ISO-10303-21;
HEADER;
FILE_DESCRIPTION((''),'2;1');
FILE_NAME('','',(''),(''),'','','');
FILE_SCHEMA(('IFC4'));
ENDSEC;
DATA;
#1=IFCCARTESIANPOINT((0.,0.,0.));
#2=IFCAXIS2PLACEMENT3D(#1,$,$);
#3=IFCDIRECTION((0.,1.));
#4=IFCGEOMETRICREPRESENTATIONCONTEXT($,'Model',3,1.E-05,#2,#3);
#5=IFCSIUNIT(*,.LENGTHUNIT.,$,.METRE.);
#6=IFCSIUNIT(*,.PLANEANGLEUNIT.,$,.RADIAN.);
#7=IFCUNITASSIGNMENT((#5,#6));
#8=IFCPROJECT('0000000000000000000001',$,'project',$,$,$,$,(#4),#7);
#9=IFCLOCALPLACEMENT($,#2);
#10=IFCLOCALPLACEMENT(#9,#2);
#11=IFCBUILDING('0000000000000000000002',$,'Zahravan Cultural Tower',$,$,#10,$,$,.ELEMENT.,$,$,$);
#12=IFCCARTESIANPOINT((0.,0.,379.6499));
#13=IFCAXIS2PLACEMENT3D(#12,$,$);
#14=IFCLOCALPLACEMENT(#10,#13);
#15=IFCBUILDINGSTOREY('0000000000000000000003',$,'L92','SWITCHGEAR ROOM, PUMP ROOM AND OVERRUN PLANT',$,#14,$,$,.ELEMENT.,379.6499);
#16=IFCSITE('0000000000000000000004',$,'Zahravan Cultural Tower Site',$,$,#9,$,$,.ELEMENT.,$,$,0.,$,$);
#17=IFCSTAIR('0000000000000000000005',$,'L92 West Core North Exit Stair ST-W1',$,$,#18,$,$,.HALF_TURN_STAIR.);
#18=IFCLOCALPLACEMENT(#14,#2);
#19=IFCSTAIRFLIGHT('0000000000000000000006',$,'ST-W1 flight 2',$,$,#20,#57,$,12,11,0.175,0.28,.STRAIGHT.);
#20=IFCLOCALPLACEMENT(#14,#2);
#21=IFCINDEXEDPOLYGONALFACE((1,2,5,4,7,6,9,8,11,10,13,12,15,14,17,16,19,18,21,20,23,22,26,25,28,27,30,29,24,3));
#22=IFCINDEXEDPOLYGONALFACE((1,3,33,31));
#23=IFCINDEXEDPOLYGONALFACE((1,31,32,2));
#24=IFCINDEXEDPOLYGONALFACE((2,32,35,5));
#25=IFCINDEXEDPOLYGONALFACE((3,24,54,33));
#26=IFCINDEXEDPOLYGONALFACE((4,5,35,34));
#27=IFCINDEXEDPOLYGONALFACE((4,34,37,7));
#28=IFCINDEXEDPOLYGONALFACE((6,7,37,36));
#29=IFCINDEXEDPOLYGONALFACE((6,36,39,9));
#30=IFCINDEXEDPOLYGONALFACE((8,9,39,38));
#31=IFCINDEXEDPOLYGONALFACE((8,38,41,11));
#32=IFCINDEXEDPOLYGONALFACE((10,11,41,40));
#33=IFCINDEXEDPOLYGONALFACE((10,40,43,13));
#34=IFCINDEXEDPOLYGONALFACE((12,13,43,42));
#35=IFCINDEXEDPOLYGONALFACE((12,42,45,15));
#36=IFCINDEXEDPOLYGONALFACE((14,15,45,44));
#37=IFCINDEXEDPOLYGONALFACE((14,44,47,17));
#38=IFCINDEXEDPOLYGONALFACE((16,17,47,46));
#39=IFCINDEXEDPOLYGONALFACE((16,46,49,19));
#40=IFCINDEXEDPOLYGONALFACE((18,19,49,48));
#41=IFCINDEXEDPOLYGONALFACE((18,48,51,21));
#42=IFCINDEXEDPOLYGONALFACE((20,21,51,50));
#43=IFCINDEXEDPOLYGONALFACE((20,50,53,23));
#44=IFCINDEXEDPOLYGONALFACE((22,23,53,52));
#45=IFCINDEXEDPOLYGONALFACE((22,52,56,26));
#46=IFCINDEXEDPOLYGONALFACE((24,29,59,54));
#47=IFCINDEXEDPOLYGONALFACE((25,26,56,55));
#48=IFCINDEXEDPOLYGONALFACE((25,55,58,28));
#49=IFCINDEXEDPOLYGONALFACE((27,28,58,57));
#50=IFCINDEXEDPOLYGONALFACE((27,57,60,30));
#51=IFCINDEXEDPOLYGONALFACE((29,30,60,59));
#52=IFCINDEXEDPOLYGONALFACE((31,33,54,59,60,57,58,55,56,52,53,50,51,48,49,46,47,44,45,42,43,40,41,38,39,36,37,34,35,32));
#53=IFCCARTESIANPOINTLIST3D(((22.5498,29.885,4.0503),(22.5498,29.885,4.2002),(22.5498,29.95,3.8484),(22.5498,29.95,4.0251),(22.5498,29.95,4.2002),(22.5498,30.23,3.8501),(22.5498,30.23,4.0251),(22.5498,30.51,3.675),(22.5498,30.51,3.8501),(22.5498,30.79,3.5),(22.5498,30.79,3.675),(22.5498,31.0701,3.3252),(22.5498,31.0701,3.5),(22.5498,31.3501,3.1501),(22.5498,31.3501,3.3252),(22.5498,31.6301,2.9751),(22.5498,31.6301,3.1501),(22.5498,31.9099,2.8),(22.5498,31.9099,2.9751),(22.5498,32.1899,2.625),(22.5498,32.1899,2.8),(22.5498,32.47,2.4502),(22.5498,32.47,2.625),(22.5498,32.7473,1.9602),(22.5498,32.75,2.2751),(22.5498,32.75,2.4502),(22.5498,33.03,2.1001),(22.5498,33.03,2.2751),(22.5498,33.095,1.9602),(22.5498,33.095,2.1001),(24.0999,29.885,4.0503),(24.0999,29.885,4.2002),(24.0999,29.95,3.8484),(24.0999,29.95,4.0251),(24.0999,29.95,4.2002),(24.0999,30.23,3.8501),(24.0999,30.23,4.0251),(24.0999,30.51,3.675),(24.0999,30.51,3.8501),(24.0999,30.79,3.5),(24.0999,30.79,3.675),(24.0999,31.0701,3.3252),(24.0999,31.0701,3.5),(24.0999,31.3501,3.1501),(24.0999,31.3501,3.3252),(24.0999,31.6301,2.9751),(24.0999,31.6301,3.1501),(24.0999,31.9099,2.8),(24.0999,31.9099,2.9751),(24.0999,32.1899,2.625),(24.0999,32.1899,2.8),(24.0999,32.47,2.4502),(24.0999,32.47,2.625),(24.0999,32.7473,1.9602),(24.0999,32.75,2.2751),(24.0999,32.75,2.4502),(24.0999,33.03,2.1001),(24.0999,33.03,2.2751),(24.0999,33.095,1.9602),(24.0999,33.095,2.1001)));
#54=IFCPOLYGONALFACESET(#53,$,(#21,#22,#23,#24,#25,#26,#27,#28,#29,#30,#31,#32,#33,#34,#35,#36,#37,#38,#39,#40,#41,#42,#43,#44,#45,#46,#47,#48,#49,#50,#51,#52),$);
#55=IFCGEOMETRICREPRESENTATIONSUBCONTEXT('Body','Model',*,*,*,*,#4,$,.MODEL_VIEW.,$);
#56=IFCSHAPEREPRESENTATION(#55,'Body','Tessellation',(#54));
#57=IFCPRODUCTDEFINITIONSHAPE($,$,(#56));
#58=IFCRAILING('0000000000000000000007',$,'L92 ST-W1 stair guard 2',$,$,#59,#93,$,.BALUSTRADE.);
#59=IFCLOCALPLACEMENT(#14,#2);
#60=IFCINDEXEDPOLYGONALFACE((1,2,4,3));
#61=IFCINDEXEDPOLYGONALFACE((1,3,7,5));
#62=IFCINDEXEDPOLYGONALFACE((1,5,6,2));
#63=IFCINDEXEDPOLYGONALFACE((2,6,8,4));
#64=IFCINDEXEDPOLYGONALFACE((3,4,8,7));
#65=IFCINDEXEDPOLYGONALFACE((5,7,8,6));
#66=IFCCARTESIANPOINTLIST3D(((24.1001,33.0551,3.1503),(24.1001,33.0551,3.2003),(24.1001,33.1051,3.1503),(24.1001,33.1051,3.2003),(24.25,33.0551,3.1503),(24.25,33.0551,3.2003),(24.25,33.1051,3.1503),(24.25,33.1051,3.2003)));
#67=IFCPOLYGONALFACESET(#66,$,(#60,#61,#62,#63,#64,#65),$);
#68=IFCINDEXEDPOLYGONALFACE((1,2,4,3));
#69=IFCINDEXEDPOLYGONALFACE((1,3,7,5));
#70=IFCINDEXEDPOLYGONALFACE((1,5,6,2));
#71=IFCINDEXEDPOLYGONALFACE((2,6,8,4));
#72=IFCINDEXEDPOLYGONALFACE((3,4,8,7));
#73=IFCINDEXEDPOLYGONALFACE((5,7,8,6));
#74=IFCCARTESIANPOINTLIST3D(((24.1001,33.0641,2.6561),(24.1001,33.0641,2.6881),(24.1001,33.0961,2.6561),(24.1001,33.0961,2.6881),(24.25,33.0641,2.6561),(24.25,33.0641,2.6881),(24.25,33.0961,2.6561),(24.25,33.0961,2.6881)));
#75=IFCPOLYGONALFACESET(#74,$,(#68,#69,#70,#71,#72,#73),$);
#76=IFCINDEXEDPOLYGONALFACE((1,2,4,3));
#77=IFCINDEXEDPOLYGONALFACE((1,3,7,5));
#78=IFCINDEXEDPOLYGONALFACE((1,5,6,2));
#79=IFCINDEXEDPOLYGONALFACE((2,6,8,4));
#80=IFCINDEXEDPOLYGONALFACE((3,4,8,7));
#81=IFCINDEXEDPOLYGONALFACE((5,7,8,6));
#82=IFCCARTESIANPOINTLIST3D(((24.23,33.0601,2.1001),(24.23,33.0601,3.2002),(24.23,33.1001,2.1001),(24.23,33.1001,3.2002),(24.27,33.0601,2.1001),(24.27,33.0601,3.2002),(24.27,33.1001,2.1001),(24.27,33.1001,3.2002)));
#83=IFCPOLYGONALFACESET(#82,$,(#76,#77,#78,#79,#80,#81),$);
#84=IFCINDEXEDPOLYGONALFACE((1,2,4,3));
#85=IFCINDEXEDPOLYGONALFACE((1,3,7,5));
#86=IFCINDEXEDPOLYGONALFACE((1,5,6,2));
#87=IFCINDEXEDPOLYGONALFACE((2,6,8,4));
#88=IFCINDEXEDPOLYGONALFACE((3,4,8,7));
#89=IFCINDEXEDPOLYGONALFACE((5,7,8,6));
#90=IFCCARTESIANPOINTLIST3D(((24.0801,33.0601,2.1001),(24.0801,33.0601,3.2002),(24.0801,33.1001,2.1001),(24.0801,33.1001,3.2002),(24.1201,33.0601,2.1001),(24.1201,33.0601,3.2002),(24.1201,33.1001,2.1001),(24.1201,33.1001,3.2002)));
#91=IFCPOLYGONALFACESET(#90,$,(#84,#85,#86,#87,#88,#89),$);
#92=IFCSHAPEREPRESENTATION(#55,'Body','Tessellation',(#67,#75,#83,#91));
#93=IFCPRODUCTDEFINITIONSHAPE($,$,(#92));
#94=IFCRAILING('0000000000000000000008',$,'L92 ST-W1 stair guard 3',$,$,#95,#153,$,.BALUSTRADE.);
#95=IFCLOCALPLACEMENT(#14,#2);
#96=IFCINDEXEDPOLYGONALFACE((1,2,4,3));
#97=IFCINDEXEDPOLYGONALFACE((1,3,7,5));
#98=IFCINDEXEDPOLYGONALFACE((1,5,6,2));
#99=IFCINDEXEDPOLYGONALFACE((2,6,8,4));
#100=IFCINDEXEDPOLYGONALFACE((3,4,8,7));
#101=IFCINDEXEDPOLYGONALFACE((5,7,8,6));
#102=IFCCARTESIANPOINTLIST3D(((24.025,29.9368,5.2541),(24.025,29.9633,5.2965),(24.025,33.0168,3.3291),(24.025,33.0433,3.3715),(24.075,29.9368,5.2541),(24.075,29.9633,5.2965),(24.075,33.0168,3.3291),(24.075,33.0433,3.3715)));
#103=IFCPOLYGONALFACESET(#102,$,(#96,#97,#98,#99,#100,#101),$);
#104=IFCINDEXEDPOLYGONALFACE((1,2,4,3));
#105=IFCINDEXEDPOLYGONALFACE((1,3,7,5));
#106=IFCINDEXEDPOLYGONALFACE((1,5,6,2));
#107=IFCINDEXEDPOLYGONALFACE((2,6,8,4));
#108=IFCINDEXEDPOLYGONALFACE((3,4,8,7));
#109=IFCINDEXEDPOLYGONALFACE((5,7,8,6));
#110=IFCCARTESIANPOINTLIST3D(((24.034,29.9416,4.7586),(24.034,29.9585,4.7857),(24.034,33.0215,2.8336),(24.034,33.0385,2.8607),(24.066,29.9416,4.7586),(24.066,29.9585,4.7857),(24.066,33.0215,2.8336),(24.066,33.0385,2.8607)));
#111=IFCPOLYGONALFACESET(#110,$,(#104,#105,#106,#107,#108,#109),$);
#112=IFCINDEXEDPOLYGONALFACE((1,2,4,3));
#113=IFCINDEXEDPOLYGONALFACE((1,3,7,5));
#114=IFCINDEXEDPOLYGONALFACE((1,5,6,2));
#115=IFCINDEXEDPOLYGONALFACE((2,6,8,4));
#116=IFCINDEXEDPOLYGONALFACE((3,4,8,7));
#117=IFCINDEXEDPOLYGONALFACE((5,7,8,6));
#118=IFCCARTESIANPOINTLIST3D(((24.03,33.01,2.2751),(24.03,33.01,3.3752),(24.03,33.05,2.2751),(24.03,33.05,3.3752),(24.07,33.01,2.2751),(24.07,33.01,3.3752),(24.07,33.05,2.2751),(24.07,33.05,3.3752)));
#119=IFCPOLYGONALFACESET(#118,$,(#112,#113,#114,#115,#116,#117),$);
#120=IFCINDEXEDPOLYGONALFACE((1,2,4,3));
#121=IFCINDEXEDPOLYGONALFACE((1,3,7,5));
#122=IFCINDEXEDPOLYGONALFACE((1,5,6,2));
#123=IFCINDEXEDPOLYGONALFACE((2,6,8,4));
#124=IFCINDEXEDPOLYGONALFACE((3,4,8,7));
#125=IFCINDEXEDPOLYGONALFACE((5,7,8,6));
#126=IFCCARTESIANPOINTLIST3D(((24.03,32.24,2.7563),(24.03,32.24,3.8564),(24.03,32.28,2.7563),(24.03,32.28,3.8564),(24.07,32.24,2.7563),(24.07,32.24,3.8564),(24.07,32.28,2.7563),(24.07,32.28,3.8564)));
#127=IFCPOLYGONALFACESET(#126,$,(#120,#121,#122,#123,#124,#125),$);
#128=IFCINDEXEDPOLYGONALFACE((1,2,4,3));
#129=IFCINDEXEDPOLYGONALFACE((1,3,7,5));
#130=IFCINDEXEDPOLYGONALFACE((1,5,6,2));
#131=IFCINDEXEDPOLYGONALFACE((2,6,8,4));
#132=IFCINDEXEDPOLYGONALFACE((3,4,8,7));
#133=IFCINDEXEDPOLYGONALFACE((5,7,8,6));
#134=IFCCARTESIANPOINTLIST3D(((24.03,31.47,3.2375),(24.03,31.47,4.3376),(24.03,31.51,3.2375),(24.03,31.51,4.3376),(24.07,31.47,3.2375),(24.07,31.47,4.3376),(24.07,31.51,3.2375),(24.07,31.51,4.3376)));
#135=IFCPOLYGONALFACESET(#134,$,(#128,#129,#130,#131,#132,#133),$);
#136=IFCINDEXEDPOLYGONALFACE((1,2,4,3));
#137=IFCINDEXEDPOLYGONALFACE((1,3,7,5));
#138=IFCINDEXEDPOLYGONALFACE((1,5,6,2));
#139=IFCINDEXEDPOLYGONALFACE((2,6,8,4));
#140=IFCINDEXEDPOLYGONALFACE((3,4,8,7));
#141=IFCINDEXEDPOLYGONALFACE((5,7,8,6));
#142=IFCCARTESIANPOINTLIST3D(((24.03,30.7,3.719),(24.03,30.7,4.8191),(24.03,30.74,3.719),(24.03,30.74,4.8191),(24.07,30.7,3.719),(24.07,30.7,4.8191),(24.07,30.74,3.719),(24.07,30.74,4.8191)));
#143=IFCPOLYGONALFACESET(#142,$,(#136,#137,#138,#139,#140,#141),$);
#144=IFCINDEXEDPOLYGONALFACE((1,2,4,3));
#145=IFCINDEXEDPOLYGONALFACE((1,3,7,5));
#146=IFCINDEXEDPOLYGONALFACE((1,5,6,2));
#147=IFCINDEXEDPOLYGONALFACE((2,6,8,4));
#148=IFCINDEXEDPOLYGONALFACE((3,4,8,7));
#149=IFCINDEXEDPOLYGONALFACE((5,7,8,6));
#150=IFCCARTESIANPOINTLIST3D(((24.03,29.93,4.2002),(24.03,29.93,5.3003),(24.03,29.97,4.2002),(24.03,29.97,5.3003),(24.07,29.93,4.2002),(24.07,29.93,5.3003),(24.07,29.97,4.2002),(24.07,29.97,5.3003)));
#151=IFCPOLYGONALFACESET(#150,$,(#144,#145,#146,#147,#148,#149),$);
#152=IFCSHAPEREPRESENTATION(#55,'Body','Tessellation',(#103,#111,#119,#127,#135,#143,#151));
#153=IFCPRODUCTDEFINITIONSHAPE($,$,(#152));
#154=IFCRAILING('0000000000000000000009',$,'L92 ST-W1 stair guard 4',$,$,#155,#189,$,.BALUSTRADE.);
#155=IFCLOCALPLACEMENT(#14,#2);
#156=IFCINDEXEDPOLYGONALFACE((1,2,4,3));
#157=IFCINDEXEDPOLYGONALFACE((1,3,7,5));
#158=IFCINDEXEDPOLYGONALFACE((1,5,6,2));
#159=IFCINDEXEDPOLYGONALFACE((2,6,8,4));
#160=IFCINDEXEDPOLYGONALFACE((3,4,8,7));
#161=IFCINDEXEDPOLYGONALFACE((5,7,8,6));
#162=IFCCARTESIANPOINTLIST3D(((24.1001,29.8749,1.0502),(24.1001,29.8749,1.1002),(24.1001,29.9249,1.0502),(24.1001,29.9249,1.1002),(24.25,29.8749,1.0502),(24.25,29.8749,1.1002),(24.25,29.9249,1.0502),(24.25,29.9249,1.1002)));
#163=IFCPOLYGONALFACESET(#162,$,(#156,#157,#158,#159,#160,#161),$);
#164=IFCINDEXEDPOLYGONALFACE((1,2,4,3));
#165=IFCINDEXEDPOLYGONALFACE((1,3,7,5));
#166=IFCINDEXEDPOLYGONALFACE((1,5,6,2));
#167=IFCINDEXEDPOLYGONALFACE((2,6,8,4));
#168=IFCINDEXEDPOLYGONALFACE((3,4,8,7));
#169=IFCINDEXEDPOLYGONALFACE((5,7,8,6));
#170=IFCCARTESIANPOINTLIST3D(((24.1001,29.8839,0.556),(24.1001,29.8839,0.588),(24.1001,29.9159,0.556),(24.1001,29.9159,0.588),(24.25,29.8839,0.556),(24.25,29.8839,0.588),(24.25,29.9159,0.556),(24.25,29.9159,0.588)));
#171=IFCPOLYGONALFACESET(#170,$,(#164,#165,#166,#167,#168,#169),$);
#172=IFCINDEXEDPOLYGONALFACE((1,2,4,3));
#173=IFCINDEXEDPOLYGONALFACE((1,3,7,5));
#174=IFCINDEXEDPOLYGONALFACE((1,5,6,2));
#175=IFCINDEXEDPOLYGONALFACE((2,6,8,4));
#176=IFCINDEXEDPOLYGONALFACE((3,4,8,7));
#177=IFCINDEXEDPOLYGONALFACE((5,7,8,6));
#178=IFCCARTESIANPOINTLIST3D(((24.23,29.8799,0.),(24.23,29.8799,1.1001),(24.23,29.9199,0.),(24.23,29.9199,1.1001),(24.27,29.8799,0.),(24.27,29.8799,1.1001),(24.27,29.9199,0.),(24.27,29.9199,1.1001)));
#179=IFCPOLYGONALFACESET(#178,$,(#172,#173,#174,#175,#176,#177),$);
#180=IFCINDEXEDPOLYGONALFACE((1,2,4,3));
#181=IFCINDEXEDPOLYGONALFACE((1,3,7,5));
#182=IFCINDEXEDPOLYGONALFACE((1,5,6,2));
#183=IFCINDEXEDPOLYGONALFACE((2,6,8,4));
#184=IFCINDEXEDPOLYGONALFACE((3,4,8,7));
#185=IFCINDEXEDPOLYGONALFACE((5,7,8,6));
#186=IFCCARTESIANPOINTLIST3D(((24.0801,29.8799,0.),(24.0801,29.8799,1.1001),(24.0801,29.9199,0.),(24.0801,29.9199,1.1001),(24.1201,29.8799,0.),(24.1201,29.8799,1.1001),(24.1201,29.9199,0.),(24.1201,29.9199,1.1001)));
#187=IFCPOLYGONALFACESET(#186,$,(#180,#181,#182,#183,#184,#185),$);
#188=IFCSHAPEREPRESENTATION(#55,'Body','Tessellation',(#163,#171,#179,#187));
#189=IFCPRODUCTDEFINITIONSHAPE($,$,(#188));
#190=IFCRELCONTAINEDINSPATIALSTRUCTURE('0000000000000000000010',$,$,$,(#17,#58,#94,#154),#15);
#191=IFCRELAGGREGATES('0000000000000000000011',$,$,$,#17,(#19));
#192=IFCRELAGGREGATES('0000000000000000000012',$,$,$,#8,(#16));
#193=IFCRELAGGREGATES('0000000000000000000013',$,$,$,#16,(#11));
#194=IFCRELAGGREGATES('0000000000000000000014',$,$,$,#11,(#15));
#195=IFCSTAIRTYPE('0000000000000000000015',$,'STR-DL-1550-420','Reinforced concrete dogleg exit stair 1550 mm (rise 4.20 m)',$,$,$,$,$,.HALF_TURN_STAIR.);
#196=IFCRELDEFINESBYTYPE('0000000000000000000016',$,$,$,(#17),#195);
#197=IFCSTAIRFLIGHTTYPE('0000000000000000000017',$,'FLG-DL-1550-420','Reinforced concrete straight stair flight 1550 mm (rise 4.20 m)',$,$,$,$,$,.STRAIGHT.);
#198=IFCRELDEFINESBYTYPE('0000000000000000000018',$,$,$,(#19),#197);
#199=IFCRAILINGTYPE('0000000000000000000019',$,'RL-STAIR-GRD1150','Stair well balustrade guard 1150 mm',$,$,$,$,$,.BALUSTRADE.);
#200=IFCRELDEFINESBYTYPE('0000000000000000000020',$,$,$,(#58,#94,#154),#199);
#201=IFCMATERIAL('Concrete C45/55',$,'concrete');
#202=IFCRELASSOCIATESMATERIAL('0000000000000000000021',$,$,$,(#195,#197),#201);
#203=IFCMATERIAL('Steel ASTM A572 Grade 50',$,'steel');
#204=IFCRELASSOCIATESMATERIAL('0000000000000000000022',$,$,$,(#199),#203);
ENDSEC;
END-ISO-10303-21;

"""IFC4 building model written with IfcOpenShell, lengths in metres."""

from ifc_helpers import new_model, si_unit, direction, frame, origin, origin_2d, place, context, subcontext, project, spatial, polyline, rectangle, outline, extrude, material, type_object, element, aggregate, save


model = new_model("IFC4")

# Units and contexts
model_context = context("Model", 3, precision=1e-05, world=origin(), true_north=direction((0.0, 1.0)))
body_context = subcontext(model_context, "Body", "Model", "MODEL_VIEW")
ifc_project = project(units=[si_unit("LENGTHUNIT", "METRE"), si_unit("PLANEANGLEUNIT", "RADIAN")], contexts=[model_context])

# Site, building, storey
site_placement = place(None, origin())
site = spatial("IfcSite", under=ifc_project, at=site_placement, Name="Zahravan Cultural Tower Site", CompositionType="ELEMENT", RefElevation=0.0)
building_placement = place(site_placement, origin())
building = spatial("IfcBuilding", under=site, at=building_placement, Name="Zahravan Cultural Tower", CompositionType="ELEMENT")
storey_placement = place(building_placement, frame((0.0, 0.0, 379.6499)))
storey = spatial("IfcBuildingStorey", under=building, at=storey_placement, Name="L92", Description="SWITCHGEAR ROOM, PUMP ROOM AND OVERRUN PLANT", CompositionType="ELEMENT", Elevation=379.6499)

# Shared definitions
ifc_material_1 = material(Name="Concrete C45/55", Category="concrete")

# Stair, stair flight
stair_type = type_object("IfcStairType", Name="STR-DL-1550-420", Description="Reinforced concrete dogleg exit stair 1550 mm (rise 4.20 m)", PredefinedType="HALF_TURN_STAIR", material=ifc_material_1)
stair_placement = place(storey_placement, origin())
stair = element("IfcStair", 1, at=stair_placement, inside=storey, type_object=stair_type, Name="L92 West Core North Exit Stair ST-W1", PredefinedType="HALF_TURN_STAIR")
stair_flight_type = type_object("IfcStairFlightType", Name="FLG-DL-1550-420", Description="Reinforced concrete straight stair flight 1550 mm (rise 4.20 m)", PredefinedType="STRAIGHT", material=ifc_material_1)
stair_flight_placement = place(storey_placement, frame((23.325, 33.03, 2.1001), z_axis=(0.0, 0.0, 1.0), x_axis=(0.0, -1.0, 0.0)))
stair_flight = element("IfcStairFlight", 2, at=stair_flight_placement, type_object=stair_flight_type, Name="ST-W1 flight 2", NumberOfRisers=12, NumberOfTreads=11, PredefinedType="STRAIGHT", RiserHeight=0.175, TreadLength=0.28, context=body_context, shape_type="SweptSolid", body=[
    extrude(outline(polyline([(-0.0649, -0.1399), (-0.0649, 0.0), (0.0, 0.0), (0.0, 0.175), (0.28, 0.175), (0.28, 0.3501), (0.5601, 0.3501), (0.5601, 0.5249), (0.8401, 0.5249), (0.8401, 0.7), (1.1201, 0.7), (1.1201, 0.875), (1.3999, 0.875), (1.3999, 1.05), (1.6799, 1.05), (1.6799, 1.2251), (1.96, 1.2251), (1.96, 1.3999), (2.24, 1.3999), (2.24, 1.575), (2.52, 1.575), (2.52, 1.75), (2.8, 1.75), (2.8, 1.925), (3.0801, 1.925), (3.0801, 2.1001), (3.145, 2.1001), (3.145, 1.9502), (3.0801, 1.7483), (0.2827, -0.1399), (-0.0649, -0.1399)])), frame((0.0, 0.7749, 0.0), z_axis=(0.0, -1.0, 0.0), x_axis=(1.0, 0.0, 0.0)), (0.0, 0.0, 1.0), 1.55),
])
aggregate(stair, [stair_flight])

# Railings
ifc_material_2 = material(Name="Steel ASTM A572 Grade 50", Category="steel")
railing_type_1 = type_object("IfcRailingType", Name="RL-STAIR-GRD1150", Description="Stair well balustrade guard 1150 mm", PredefinedType="BALUSTRADE", material=ifc_material_2)
railing_1_placement = place(storey_placement, frame((24.25, 33.0801, 2.1001)))
element("IfcRailing", 3, at=railing_1_placement, inside=storey, type_object=railing_type_1, Name="L92 ST-W1 stair guard 2", PredefinedType="BALUSTRADE", context=body_context, shape_type="SweptSolid", body=[
    extrude(rectangle(XDim=0.05, YDim=0.05, at=origin_2d()), frame((0.0, 0.0, 1.0752), z_axis=(-1.0, 0.0, 0.0), x_axis=(0.0, -1.0, 0.0)), (0.0, 0.0, 1.0), 0.1499),
    extrude(rectangle(XDim=0.032, YDim=0.032, at=origin_2d()), frame((0.0, 0.0, 0.572), z_axis=(-1.0, 0.0, 0.0), x_axis=(0.0, -1.0, 0.0)), (0.0, 0.0, 1.0), 0.1499),
    extrude(rectangle(XDim=0.04, YDim=0.04, at=origin_2d()), origin(), (0.0, 0.0, 1.0), 1.1001),
    extrude(rectangle(XDim=0.04, YDim=0.04, at=origin_2d()), frame((-0.1499, 0.0, 0.0)), (0.0, 0.0, 1.0), 1.1001),
])
railing_2_placement = place(storey_placement, frame((24.05, 33.03, 2.2751)))
element("IfcRailing", 4, at=railing_2_placement, inside=storey, type_object=railing_type_1, Name="L92 ST-W1 stair guard 3", PredefinedType="BALUSTRADE", context=body_context, shape_type="SweptSolid", body=[
    extrude(rectangle(XDim=0.05, YDim=0.05, at=origin_2d()), frame((0.0, 0.0, 1.0752), z_axis=(0.0, -0.847998, 0.529999), x_axis=(1.0, 0.0, 0.0)), (0.0, 0.0, 1.0), 3.6321),
    extrude(rectangle(XDim=0.032, YDim=0.032, at=origin_2d()), frame((0.0, 0.0, 0.572), z_axis=(0.0, -0.847998, 0.529999), x_axis=(1.0, 0.0, 0.0)), (0.0, 0.0, 1.0), 3.6321),
    extrude(rectangle(XDim=0.04, YDim=0.04, at=origin_2d()), origin(), (0.0, 0.0, 1.0), 1.1001),
    extrude(rectangle(XDim=0.04, YDim=0.04, at=origin_2d()), frame((0.0, -0.77, 0.4812)), (0.0, 0.0, 1.0), 1.1001),
    extrude(rectangle(XDim=0.04, YDim=0.04, at=origin_2d()), frame((0.0, -1.54, 0.9624)), (0.0, 0.0, 1.0), 1.1001),
    extrude(rectangle(XDim=0.04, YDim=0.04, at=origin_2d()), frame((0.0, -2.3101, 1.4438)), (0.0, 0.0, 1.0), 1.1001),
    extrude(rectangle(XDim=0.04, YDim=0.04, at=origin_2d()), frame((0.0, -3.0801, 1.925)), (0.0, 0.0, 1.0), 1.1001),
])
railing_3_placement = place(storey_placement, frame((24.25, 29.8999, 0.0)))
element("IfcRailing", 5, at=railing_3_placement, inside=storey, type_object=railing_type_1, Name="L92 ST-W1 stair guard 4", PredefinedType="BALUSTRADE", context=body_context, shape_type="SweptSolid", body=[
    extrude(rectangle(XDim=0.05, YDim=0.05, at=origin_2d()), frame((0.0, 0.0, 1.0752), z_axis=(-1.0, 0.0, 0.0), x_axis=(0.0, -1.0, 0.0)), (0.0, 0.0, 1.0), 0.1499),
    extrude(rectangle(XDim=0.032, YDim=0.032, at=origin_2d()), frame((0.0, 0.0, 0.572), z_axis=(-1.0, 0.0, 0.0), x_axis=(0.0, -1.0, 0.0)), (0.0, 0.0, 1.0), 0.1499),
    extrude(rectangle(XDim=0.04, YDim=0.04, at=origin_2d()), origin(), (0.0, 0.0, 1.0), 1.1001),
    extrude(rectangle(XDim=0.04, YDim=0.04, at=origin_2d()), frame((-0.1499, 0.0, 0.0)), (0.0, 0.0, 1.0), 1.1001),
])

save(model, "model.ifc")
